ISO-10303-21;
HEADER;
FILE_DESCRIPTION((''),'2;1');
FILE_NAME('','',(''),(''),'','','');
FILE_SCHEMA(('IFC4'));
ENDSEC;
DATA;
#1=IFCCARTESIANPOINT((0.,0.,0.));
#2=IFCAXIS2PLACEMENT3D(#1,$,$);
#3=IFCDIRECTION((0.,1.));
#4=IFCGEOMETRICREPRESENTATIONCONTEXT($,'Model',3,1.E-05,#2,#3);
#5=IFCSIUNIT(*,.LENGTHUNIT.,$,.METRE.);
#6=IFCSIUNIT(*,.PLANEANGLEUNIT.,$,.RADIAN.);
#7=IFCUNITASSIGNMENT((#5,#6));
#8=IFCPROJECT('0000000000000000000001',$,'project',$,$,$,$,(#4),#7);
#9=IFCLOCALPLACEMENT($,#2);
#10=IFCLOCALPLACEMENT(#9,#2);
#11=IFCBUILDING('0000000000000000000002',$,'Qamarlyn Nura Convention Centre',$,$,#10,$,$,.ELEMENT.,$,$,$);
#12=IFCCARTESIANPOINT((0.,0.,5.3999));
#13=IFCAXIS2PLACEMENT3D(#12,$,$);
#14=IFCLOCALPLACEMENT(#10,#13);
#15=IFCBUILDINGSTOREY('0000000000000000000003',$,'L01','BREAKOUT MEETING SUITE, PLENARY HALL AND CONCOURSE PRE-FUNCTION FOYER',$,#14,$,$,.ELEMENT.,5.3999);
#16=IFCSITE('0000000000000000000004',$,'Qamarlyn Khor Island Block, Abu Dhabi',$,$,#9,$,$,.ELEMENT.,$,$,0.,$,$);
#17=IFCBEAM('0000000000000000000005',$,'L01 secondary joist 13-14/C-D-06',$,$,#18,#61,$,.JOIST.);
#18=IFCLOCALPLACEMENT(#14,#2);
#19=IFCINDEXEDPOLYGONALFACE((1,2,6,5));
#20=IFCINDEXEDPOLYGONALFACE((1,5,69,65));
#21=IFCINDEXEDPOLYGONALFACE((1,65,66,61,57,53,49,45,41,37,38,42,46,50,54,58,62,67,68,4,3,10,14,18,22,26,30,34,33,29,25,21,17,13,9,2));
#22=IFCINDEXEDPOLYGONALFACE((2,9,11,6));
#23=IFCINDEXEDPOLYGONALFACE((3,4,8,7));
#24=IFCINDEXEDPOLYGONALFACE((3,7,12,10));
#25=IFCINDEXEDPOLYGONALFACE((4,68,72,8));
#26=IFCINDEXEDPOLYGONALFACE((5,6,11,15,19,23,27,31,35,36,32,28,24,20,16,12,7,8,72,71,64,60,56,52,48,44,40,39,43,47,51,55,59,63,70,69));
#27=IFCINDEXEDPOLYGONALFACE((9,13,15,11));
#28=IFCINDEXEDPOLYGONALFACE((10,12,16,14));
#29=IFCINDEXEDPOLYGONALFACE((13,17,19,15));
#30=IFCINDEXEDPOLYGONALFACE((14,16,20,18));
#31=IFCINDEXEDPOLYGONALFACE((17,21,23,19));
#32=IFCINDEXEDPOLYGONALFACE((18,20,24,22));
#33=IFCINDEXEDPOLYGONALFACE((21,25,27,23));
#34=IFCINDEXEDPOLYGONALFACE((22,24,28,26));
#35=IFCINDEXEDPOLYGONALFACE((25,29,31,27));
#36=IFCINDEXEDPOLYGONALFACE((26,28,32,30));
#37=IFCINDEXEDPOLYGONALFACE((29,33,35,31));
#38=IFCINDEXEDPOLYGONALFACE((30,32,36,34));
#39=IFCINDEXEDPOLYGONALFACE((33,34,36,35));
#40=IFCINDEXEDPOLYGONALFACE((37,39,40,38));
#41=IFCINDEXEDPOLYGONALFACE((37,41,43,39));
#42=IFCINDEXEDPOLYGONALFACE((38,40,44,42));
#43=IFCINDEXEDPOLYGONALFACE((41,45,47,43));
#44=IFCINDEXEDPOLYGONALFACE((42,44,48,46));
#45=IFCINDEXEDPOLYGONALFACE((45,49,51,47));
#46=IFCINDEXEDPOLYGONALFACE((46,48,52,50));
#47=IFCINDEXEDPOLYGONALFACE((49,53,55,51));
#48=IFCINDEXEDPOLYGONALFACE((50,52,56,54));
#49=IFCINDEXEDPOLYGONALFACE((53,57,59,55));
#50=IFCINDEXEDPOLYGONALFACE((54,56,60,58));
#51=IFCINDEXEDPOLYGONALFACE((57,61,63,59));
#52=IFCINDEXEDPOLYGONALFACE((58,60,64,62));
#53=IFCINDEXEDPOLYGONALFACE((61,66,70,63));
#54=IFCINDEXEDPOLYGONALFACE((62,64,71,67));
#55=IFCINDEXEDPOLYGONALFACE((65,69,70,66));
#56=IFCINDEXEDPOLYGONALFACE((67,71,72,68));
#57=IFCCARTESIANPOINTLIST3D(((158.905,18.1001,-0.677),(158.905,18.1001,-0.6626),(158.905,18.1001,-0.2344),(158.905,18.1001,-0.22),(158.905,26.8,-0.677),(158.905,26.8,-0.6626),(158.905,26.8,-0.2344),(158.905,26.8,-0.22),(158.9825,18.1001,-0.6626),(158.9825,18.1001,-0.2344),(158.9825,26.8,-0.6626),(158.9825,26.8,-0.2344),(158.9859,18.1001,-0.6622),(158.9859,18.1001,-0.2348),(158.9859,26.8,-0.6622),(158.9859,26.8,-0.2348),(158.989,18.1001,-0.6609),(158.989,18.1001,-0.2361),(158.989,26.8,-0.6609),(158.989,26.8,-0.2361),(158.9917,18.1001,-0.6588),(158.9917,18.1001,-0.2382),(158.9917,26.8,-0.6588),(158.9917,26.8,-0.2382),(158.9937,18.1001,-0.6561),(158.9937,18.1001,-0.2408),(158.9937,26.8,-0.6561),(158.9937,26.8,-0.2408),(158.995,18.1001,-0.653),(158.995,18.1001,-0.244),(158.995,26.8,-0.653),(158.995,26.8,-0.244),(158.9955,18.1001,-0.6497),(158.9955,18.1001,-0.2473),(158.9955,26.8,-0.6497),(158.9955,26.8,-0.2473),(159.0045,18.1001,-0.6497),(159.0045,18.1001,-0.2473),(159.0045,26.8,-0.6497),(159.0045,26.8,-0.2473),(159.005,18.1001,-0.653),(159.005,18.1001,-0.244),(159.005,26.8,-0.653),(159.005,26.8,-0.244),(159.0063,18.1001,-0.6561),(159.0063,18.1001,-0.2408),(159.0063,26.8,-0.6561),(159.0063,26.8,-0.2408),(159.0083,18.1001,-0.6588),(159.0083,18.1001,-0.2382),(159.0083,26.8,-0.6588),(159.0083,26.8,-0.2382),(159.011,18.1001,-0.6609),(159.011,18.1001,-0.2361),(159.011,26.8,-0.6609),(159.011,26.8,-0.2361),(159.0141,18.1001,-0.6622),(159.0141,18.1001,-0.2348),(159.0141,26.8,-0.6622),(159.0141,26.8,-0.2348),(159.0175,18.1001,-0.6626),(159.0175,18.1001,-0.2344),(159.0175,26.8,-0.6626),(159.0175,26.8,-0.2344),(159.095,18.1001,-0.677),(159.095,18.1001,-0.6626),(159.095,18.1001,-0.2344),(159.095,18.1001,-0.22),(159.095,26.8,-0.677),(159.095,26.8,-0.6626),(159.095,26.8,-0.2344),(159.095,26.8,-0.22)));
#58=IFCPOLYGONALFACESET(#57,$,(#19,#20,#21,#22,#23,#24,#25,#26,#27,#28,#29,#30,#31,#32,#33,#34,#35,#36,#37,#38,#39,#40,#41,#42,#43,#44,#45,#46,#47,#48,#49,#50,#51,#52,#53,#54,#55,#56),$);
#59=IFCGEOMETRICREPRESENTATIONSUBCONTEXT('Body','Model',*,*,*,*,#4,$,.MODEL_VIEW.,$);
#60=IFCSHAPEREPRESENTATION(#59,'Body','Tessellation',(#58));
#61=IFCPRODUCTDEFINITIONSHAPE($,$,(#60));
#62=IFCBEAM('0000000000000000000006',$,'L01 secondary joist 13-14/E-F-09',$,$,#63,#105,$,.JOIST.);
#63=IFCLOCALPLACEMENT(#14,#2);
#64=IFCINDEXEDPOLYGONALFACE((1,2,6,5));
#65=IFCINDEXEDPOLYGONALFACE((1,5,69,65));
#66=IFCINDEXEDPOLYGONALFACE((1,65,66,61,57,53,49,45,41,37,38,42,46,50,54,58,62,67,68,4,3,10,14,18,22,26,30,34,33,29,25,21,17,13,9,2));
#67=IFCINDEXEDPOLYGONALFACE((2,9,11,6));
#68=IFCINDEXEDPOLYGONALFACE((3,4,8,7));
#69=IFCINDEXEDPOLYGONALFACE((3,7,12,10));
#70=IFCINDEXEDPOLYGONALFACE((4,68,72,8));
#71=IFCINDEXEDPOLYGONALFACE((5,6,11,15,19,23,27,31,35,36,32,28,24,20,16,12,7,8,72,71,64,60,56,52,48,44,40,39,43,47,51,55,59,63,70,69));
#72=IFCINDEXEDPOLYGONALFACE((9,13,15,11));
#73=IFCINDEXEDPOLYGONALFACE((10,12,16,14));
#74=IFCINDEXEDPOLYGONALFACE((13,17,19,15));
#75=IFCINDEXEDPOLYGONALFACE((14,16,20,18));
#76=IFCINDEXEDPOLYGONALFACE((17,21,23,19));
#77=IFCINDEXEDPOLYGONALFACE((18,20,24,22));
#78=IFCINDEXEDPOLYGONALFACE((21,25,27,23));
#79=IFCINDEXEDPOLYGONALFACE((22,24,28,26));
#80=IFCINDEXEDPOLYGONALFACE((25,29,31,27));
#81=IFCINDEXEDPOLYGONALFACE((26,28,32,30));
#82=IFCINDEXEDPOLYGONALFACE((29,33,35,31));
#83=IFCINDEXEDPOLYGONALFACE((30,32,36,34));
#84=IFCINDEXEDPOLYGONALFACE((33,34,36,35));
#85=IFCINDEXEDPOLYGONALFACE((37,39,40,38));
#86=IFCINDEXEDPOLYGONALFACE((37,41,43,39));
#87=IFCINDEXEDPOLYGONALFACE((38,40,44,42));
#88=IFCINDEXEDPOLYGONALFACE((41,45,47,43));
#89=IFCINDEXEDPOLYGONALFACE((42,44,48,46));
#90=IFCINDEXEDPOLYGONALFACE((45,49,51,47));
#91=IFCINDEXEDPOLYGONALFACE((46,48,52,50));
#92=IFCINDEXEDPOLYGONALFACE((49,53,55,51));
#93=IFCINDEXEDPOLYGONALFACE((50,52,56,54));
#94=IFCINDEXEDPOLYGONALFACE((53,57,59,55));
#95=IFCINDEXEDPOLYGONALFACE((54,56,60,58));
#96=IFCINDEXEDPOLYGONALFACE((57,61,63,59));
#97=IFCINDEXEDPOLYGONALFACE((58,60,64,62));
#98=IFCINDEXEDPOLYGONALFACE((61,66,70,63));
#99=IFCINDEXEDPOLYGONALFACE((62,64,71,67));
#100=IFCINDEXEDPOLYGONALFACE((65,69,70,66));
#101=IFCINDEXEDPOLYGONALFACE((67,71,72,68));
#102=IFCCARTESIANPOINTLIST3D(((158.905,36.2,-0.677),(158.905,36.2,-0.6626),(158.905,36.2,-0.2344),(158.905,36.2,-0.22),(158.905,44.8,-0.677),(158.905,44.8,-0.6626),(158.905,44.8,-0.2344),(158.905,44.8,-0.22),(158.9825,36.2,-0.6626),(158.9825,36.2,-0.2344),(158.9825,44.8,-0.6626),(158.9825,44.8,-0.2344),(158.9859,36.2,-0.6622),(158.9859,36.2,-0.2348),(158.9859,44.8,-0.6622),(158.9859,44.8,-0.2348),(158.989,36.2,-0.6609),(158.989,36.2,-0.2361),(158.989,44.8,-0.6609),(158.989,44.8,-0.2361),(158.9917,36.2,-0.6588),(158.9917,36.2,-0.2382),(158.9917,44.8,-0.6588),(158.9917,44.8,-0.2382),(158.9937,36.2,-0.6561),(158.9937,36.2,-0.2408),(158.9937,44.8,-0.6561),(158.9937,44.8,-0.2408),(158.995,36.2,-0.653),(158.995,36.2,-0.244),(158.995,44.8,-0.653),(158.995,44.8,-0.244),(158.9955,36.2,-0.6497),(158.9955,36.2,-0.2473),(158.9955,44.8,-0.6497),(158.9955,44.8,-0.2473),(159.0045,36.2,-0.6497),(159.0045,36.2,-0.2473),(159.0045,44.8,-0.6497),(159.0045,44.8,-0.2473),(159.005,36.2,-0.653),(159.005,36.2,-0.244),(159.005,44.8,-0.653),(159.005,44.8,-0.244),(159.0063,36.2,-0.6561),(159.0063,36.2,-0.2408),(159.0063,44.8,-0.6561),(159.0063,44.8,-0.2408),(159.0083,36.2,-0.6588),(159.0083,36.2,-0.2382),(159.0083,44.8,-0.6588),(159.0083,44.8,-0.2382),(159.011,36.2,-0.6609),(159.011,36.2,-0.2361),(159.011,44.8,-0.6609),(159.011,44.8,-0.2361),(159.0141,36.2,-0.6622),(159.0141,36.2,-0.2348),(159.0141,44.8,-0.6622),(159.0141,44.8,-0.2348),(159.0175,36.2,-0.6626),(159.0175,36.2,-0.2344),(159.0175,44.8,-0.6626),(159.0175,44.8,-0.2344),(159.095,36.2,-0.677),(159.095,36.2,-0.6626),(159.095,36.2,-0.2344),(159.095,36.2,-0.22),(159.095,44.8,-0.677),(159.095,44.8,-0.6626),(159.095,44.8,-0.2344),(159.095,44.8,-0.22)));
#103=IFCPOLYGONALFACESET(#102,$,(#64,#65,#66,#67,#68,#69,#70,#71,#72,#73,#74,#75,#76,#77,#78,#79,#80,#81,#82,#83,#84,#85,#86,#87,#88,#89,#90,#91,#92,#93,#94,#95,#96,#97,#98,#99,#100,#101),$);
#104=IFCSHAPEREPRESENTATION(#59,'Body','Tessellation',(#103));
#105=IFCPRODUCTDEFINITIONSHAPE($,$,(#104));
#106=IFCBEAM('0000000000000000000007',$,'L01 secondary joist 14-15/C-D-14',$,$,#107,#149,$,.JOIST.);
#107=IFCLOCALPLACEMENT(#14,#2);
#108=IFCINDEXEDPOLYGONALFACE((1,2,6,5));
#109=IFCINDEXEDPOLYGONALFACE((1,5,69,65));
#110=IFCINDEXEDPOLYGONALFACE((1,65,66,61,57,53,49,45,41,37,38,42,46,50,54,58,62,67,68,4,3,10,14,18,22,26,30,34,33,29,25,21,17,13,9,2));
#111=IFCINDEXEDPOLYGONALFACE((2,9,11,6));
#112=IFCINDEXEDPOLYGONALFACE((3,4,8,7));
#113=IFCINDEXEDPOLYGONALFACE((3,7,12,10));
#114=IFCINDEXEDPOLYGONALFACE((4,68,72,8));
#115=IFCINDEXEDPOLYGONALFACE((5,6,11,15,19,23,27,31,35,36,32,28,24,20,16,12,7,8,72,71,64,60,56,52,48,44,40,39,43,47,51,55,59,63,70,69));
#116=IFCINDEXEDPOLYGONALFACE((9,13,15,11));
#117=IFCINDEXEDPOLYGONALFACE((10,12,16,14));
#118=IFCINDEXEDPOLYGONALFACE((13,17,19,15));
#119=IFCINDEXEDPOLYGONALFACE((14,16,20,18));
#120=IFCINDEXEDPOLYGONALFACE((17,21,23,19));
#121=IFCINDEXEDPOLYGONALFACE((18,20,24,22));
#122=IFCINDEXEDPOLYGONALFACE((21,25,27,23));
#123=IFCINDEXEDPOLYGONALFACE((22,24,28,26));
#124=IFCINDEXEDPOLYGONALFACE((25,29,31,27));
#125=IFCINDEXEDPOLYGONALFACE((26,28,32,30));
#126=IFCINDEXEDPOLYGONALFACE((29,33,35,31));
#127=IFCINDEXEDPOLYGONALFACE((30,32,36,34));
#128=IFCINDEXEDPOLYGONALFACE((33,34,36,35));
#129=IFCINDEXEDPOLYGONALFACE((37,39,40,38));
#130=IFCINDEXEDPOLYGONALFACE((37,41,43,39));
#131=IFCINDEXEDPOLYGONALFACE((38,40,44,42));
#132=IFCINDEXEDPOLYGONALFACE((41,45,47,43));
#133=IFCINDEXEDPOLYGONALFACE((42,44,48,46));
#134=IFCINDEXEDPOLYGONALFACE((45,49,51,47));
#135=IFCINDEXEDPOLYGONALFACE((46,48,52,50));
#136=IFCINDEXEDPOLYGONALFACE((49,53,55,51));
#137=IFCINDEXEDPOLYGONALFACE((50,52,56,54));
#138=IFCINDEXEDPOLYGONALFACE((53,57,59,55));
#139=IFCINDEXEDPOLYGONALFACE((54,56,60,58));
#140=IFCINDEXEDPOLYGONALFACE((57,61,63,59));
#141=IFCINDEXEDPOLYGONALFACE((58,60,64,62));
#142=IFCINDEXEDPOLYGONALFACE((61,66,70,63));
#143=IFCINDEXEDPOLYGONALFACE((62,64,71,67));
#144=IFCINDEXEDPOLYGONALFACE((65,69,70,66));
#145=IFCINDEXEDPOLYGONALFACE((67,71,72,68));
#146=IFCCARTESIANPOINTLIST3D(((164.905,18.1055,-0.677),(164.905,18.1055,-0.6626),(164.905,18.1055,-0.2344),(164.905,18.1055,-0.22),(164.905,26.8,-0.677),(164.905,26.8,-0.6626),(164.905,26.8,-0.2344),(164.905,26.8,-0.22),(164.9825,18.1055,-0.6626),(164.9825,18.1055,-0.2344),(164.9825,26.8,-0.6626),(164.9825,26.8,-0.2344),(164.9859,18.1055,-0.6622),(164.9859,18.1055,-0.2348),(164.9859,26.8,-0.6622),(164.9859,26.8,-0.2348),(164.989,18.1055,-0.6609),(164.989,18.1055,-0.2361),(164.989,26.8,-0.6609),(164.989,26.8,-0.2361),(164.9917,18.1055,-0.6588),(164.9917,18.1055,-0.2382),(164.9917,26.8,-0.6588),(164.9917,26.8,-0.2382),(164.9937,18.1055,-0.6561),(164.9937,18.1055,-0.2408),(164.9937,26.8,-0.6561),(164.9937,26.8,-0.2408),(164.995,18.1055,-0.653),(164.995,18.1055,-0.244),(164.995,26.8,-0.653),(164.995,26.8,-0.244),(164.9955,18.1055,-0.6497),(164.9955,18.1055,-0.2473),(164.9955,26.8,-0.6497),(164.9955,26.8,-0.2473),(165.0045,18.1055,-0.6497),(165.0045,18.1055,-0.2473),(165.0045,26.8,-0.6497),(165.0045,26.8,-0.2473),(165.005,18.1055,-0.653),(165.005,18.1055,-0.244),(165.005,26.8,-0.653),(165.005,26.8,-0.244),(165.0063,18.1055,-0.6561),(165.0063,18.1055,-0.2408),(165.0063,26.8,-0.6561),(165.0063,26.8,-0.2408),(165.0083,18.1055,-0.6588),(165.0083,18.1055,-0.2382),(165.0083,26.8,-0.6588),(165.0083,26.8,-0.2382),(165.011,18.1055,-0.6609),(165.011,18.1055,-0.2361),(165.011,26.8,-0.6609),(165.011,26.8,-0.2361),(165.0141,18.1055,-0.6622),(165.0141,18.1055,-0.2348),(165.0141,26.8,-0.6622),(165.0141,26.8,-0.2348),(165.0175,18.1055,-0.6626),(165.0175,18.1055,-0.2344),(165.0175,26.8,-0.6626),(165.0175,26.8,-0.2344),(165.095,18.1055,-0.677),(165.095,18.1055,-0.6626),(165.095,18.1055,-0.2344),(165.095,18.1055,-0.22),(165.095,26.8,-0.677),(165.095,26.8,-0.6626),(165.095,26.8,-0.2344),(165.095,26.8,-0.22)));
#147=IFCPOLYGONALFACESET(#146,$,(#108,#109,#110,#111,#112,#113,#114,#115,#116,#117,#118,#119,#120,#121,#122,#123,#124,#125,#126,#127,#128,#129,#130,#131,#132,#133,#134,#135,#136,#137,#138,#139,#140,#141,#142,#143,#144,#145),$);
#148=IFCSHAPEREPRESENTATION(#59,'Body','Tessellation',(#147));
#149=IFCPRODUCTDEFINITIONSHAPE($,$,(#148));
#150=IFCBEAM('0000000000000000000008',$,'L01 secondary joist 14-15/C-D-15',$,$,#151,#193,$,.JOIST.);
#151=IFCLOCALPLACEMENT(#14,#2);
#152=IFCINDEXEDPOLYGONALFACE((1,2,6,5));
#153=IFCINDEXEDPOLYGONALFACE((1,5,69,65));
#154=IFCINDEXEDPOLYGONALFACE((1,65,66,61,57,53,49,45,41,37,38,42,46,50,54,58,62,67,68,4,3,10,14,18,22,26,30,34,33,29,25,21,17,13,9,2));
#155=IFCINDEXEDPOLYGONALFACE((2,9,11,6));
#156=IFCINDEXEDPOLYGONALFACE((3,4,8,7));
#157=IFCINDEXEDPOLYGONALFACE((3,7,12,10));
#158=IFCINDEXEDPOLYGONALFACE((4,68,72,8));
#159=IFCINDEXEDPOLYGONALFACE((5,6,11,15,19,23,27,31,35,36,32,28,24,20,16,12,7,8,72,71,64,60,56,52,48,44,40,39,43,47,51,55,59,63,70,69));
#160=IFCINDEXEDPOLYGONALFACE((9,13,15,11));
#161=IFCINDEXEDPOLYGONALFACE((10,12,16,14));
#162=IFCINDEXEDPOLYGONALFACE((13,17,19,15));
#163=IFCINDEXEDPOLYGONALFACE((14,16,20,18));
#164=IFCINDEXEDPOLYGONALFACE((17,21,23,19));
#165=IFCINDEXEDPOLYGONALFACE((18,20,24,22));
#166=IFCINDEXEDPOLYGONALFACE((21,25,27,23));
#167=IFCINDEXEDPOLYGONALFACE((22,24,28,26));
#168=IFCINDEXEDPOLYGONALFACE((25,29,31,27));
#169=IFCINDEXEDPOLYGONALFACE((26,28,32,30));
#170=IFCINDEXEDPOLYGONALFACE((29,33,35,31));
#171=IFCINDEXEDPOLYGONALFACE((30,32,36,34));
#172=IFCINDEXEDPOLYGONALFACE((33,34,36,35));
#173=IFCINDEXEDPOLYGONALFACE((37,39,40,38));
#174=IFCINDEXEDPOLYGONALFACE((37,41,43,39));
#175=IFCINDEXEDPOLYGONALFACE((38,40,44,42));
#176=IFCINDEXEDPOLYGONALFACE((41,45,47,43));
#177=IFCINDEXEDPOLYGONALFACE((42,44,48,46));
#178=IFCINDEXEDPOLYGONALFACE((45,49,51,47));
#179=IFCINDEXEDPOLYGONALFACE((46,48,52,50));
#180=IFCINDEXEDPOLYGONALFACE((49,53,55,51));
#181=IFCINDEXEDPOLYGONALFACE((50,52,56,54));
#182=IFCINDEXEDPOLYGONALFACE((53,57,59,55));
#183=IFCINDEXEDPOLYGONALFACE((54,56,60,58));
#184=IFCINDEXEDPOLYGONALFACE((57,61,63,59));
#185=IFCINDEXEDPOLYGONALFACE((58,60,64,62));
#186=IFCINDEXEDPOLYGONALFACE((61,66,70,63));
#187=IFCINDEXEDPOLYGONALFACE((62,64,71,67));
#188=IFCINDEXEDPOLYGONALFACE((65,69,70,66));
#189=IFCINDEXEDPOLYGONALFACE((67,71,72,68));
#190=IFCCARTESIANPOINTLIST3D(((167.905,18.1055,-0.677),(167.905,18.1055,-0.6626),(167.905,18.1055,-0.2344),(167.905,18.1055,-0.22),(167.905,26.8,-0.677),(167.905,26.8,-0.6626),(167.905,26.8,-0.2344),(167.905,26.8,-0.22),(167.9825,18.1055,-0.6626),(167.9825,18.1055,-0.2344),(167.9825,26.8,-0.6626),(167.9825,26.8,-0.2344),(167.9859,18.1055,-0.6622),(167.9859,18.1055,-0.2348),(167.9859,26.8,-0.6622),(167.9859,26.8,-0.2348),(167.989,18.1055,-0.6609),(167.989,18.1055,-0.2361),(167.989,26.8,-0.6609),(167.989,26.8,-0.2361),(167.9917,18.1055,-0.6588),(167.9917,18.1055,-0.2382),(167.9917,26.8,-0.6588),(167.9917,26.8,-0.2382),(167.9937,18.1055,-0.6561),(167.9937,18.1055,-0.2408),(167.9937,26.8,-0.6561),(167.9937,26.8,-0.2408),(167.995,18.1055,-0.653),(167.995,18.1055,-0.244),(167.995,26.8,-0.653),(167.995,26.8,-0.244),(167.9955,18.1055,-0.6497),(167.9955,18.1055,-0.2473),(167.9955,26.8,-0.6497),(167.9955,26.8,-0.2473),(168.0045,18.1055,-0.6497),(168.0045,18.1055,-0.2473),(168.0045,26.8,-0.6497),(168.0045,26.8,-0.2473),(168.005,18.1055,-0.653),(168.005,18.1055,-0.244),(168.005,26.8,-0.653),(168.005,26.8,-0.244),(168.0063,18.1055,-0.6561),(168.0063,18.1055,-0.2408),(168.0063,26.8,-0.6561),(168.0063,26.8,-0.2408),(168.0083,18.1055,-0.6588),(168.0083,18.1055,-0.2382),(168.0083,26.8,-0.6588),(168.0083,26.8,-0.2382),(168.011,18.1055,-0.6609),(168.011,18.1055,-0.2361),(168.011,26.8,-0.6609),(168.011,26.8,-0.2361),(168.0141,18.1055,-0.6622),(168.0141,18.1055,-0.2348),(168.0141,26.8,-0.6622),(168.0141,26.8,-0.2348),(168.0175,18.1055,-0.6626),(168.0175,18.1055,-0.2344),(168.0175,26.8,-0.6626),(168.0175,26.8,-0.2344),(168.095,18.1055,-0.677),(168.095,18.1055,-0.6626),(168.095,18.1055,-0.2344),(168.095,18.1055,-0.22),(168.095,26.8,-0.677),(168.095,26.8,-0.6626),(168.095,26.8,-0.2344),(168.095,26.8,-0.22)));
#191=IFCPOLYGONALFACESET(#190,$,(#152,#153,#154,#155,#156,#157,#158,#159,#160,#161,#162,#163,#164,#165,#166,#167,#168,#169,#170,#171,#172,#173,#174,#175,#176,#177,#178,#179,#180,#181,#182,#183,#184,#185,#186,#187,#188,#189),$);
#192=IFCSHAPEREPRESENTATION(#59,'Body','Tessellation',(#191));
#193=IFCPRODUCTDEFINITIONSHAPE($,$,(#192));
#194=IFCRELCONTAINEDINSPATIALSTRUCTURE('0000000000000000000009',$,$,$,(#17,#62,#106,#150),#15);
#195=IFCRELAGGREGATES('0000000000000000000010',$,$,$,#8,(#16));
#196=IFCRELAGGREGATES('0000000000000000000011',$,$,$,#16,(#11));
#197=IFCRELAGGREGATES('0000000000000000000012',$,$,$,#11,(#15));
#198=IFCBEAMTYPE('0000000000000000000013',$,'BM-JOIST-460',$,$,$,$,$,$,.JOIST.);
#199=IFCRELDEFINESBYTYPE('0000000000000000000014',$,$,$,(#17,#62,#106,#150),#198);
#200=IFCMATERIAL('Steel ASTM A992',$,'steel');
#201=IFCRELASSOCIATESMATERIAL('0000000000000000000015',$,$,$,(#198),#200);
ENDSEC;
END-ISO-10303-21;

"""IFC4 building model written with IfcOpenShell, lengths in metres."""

from ifc_helpers import new_model, si_unit, direction, frame, origin, origin_2d, place, context, subcontext, project, spatial, i_section, extrude, material, material_profile, profile_set, type_object, element, save


model = new_model("IFC4")

# Units and contexts
model_context = context("Model", 3, precision=1e-05, world=origin(), true_north=direction((0.0, 1.0)))
body_context = subcontext(model_context, "Body", "Model", "MODEL_VIEW")
ifc_project = project(units=[si_unit("LENGTHUNIT", "METRE"), si_unit("PLANEANGLEUNIT", "RADIAN")], contexts=[model_context])

# Site, building, storey
site_placement = place(None, origin())
site = spatial("IfcSite", under=ifc_project, at=site_placement, Name="Qamarlyn Khor Island Block, Abu Dhabi", CompositionType="ELEMENT", RefElevation=0.0)
building_placement = place(site_placement, origin())
building = spatial("IfcBuilding", under=site, at=building_placement, Name="Qamarlyn Nura Convention Centre", CompositionType="ELEMENT")
storey_placement = place(building_placement, frame((0.0, 0.0, 5.3999)))
storey = spatial("IfcBuildingStorey", under=building, at=storey_placement, Name="L01", Description="BREAKOUT MEETING SUITE, PLENARY HALL AND CONCOURSE PRE-FUNCTION FOYER", CompositionType="ELEMENT", Elevation=5.3999)

# Shared definitions
ifc_material_1 = material(Name="Steel ASTM A992", Category="steel")

# Beams
ifc_material_profile_1 = material_profile(ifc_material_1, i_section(OverallWidth=0.1899, OverallDepth=0.457, WebThickness=0.009, FlangeThickness=0.0144, FilletRadius=0.0129, at=origin_2d()), Name="W460X74")
ifc_profile_set_1 = profile_set([ifc_material_profile_1], Name="Steel ASTM A992")
beam_type_1 = type_object("IfcBeamType", Name="BM-JOIST-460", PredefinedType="JOIST", material=ifc_profile_set_1)
beam_1_placement = place(storey_placement, frame((159.0, 18.1001, -0.4485), z_axis=(0.0, 1.0, 0.0), x_axis=(-1.0, 0.0, 0.0)))
element("IfcBeam", 1, at=beam_1_placement, inside=storey, type_object=beam_type_1, Name="L01 secondary joist 13-14/C-D-06", PredefinedType="JOIST", context=body_context, shape_type="SweptSolid", body=[
    extrude(i_section(OverallWidth=0.1899, OverallDepth=0.457, WebThickness=0.009, FlangeThickness=0.0144, FilletRadius=0.0129, at=origin_2d()), origin(), (0.0, 0.0, 1.0), 8.7),
])
beam_2_placement = place(storey_placement, frame((159.0, 36.2, -0.4485), z_axis=(0.0, 1.0, 0.0), x_axis=(-1.0, 0.0, 0.0)))
element("IfcBeam", 2, at=beam_2_placement, inside=storey, type_object=beam_type_1, Name="L01 secondary joist 13-14/E-F-09", PredefinedType="JOIST", context=body_context, shape_type="SweptSolid", body=[
    extrude(i_section(OverallWidth=0.1899, OverallDepth=0.457, WebThickness=0.009, FlangeThickness=0.0144, FilletRadius=0.0129, at=origin_2d()), origin(), (0.0, 0.0, 1.0), 8.6001),
])
for number, where, z_axis, x_axis, name in (
    (3, (165.0, 18.1055, -0.4485), (0.0, 1.0, 0.0), (-1.0, 0.0, 0.0), "L01 secondary joist 14-15/C-D-14"),
    (4, (168.0, 18.1055, -0.4485), (0.0, 1.0, 0.0), (-1.0, 0.0, 0.0), "L01 secondary joist 14-15/C-D-15"),
):
    element("IfcBeam", number, at=place(storey_placement, frame(where, z_axis=z_axis, x_axis=x_axis)), inside=storey, type_object=beam_type_1, Name=name, PredefinedType="JOIST", context=body_context, shape_type="SweptSolid", body=[
        extrude(i_section(OverallWidth=0.1899, OverallDepth=0.457, WebThickness=0.009, FlangeThickness=0.0144, FilletRadius=0.0129, at=origin_2d()), origin(), (0.0, 0.0, 1.0), 8.6946),
    ])

save(model, "model.ifc")
